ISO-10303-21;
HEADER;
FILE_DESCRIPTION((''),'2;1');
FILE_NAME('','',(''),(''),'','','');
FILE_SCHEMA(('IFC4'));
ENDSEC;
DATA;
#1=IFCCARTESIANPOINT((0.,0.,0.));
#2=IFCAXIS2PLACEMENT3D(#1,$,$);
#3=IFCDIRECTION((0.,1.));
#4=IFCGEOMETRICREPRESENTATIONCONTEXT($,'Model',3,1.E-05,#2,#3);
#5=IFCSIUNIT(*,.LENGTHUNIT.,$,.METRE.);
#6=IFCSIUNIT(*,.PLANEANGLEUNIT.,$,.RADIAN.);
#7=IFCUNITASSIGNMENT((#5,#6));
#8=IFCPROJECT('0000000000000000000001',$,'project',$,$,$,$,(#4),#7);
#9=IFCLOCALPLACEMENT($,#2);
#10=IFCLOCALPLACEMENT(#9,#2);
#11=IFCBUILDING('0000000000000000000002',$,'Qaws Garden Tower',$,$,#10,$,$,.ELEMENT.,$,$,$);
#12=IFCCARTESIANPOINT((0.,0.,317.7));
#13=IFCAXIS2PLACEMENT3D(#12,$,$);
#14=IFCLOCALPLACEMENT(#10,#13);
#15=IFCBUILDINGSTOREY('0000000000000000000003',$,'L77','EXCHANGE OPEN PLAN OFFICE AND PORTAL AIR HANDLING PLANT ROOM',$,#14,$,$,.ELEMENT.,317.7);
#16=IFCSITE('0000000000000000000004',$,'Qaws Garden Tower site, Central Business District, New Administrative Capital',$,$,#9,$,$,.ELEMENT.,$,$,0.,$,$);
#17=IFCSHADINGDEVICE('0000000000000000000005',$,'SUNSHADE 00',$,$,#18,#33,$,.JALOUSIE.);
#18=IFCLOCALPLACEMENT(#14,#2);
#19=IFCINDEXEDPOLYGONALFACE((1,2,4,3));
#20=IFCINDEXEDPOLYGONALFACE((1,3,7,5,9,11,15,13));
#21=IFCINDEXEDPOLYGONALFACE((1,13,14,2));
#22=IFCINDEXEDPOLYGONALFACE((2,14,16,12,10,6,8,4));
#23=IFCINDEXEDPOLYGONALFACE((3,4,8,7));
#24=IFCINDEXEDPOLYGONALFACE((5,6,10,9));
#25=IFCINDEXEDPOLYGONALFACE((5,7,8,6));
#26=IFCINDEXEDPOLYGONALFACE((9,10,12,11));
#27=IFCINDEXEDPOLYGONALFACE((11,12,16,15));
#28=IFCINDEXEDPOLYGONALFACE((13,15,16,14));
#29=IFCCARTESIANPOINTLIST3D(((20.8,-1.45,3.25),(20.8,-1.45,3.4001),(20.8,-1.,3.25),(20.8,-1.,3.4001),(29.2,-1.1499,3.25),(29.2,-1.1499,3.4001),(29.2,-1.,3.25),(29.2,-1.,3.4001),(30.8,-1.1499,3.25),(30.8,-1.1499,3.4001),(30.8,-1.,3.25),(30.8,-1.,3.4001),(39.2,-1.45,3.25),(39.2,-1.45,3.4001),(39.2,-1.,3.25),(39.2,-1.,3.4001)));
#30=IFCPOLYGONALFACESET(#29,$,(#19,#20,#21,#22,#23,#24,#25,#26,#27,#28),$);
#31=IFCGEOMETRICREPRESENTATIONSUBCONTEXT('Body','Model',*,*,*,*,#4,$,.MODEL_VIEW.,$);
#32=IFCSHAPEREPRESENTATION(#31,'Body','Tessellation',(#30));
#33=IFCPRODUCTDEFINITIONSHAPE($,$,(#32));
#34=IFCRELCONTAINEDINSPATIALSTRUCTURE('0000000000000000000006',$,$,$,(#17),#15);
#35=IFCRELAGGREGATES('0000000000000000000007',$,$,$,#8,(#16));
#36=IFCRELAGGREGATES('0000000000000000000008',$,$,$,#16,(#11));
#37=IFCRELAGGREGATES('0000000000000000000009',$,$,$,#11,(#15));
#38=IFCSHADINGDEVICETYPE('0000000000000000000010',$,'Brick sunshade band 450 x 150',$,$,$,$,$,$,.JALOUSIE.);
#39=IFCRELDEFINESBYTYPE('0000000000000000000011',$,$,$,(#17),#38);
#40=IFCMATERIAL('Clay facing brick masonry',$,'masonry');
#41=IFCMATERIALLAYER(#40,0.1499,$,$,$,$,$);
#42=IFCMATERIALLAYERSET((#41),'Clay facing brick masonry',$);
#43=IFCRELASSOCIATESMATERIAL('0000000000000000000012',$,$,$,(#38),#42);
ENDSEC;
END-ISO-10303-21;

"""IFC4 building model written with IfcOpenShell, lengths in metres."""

from ifc_helpers import new_model, si_unit, direction, frame, origin, place, context, subcontext, project, spatial, polyline, outline, extrude, material, layer, layer_set, type_object, element, save


model = new_model("IFC4")

# Units and contexts
model_context = context("Model", 3, precision=1e-05, world=origin(), true_north=direction((0.0, 1.0)))
body_context = subcontext(model_context, "Body", "Model", "MODEL_VIEW")
ifc_project = project(units=[si_unit("LENGTHUNIT", "METRE"), si_unit("PLANEANGLEUNIT", "RADIAN")], contexts=[model_context])

# Site, building, storey
site_placement = place(None, origin())
site = spatial("IfcSite", under=ifc_project, at=site_placement, Name="Qaws Garden Tower site, Central Business District, New Administrative Capital", CompositionType="ELEMENT", RefElevation=0.0)
building_placement = place(site_placement, origin())
building = spatial("IfcBuilding", under=site, at=building_placement, Name="Qaws Garden Tower", CompositionType="ELEMENT")
storey_placement = place(building_placement, frame((0.0, 0.0, 317.7)))
storey = spatial("IfcBuildingStorey", under=building, at=storey_placement, Name="L77", Description="EXCHANGE OPEN PLAN OFFICE AND PORTAL AIR HANDLING PLANT ROOM", CompositionType="ELEMENT", Elevation=317.7)

# Shading device
ifc_material_1 = material(Name="Clay facing brick masonry", Category="masonry")
ifc_layer_1 = layer(ifc_material_1, 0.1499)
ifc_layer_set_1 = layer_set([ifc_layer_1], Name="Clay facing brick masonry")
shading_device_type = type_object("IfcShadingDeviceType", Name="Brick sunshade band 450 x 150", PredefinedType="JALOUSIE", material=ifc_layer_set_1)
shading_device_placement = place(storey_placement, frame((0.0, 0.0, 3.25)))
element("IfcShadingDevice", 1, at=shading_device_placement, inside=storey, type_object=shading_device_type, Name="SUNSHADE 00", PredefinedType="JALOUSIE", context=body_context, shape_type="SweptSolid", body=[
    extrude(outline(polyline([(20.8, -1.0), (20.8, -1.45), (39.2, -1.45), (39.2, -1.0), (30.8, -1.0), (30.8, -1.1499), (29.2, -1.1499), (29.2, -1.0), (20.8, -1.0)])), origin(), (0.0, 0.0, 1.0), 0.1501),
])

save(model, "model.ifc")
